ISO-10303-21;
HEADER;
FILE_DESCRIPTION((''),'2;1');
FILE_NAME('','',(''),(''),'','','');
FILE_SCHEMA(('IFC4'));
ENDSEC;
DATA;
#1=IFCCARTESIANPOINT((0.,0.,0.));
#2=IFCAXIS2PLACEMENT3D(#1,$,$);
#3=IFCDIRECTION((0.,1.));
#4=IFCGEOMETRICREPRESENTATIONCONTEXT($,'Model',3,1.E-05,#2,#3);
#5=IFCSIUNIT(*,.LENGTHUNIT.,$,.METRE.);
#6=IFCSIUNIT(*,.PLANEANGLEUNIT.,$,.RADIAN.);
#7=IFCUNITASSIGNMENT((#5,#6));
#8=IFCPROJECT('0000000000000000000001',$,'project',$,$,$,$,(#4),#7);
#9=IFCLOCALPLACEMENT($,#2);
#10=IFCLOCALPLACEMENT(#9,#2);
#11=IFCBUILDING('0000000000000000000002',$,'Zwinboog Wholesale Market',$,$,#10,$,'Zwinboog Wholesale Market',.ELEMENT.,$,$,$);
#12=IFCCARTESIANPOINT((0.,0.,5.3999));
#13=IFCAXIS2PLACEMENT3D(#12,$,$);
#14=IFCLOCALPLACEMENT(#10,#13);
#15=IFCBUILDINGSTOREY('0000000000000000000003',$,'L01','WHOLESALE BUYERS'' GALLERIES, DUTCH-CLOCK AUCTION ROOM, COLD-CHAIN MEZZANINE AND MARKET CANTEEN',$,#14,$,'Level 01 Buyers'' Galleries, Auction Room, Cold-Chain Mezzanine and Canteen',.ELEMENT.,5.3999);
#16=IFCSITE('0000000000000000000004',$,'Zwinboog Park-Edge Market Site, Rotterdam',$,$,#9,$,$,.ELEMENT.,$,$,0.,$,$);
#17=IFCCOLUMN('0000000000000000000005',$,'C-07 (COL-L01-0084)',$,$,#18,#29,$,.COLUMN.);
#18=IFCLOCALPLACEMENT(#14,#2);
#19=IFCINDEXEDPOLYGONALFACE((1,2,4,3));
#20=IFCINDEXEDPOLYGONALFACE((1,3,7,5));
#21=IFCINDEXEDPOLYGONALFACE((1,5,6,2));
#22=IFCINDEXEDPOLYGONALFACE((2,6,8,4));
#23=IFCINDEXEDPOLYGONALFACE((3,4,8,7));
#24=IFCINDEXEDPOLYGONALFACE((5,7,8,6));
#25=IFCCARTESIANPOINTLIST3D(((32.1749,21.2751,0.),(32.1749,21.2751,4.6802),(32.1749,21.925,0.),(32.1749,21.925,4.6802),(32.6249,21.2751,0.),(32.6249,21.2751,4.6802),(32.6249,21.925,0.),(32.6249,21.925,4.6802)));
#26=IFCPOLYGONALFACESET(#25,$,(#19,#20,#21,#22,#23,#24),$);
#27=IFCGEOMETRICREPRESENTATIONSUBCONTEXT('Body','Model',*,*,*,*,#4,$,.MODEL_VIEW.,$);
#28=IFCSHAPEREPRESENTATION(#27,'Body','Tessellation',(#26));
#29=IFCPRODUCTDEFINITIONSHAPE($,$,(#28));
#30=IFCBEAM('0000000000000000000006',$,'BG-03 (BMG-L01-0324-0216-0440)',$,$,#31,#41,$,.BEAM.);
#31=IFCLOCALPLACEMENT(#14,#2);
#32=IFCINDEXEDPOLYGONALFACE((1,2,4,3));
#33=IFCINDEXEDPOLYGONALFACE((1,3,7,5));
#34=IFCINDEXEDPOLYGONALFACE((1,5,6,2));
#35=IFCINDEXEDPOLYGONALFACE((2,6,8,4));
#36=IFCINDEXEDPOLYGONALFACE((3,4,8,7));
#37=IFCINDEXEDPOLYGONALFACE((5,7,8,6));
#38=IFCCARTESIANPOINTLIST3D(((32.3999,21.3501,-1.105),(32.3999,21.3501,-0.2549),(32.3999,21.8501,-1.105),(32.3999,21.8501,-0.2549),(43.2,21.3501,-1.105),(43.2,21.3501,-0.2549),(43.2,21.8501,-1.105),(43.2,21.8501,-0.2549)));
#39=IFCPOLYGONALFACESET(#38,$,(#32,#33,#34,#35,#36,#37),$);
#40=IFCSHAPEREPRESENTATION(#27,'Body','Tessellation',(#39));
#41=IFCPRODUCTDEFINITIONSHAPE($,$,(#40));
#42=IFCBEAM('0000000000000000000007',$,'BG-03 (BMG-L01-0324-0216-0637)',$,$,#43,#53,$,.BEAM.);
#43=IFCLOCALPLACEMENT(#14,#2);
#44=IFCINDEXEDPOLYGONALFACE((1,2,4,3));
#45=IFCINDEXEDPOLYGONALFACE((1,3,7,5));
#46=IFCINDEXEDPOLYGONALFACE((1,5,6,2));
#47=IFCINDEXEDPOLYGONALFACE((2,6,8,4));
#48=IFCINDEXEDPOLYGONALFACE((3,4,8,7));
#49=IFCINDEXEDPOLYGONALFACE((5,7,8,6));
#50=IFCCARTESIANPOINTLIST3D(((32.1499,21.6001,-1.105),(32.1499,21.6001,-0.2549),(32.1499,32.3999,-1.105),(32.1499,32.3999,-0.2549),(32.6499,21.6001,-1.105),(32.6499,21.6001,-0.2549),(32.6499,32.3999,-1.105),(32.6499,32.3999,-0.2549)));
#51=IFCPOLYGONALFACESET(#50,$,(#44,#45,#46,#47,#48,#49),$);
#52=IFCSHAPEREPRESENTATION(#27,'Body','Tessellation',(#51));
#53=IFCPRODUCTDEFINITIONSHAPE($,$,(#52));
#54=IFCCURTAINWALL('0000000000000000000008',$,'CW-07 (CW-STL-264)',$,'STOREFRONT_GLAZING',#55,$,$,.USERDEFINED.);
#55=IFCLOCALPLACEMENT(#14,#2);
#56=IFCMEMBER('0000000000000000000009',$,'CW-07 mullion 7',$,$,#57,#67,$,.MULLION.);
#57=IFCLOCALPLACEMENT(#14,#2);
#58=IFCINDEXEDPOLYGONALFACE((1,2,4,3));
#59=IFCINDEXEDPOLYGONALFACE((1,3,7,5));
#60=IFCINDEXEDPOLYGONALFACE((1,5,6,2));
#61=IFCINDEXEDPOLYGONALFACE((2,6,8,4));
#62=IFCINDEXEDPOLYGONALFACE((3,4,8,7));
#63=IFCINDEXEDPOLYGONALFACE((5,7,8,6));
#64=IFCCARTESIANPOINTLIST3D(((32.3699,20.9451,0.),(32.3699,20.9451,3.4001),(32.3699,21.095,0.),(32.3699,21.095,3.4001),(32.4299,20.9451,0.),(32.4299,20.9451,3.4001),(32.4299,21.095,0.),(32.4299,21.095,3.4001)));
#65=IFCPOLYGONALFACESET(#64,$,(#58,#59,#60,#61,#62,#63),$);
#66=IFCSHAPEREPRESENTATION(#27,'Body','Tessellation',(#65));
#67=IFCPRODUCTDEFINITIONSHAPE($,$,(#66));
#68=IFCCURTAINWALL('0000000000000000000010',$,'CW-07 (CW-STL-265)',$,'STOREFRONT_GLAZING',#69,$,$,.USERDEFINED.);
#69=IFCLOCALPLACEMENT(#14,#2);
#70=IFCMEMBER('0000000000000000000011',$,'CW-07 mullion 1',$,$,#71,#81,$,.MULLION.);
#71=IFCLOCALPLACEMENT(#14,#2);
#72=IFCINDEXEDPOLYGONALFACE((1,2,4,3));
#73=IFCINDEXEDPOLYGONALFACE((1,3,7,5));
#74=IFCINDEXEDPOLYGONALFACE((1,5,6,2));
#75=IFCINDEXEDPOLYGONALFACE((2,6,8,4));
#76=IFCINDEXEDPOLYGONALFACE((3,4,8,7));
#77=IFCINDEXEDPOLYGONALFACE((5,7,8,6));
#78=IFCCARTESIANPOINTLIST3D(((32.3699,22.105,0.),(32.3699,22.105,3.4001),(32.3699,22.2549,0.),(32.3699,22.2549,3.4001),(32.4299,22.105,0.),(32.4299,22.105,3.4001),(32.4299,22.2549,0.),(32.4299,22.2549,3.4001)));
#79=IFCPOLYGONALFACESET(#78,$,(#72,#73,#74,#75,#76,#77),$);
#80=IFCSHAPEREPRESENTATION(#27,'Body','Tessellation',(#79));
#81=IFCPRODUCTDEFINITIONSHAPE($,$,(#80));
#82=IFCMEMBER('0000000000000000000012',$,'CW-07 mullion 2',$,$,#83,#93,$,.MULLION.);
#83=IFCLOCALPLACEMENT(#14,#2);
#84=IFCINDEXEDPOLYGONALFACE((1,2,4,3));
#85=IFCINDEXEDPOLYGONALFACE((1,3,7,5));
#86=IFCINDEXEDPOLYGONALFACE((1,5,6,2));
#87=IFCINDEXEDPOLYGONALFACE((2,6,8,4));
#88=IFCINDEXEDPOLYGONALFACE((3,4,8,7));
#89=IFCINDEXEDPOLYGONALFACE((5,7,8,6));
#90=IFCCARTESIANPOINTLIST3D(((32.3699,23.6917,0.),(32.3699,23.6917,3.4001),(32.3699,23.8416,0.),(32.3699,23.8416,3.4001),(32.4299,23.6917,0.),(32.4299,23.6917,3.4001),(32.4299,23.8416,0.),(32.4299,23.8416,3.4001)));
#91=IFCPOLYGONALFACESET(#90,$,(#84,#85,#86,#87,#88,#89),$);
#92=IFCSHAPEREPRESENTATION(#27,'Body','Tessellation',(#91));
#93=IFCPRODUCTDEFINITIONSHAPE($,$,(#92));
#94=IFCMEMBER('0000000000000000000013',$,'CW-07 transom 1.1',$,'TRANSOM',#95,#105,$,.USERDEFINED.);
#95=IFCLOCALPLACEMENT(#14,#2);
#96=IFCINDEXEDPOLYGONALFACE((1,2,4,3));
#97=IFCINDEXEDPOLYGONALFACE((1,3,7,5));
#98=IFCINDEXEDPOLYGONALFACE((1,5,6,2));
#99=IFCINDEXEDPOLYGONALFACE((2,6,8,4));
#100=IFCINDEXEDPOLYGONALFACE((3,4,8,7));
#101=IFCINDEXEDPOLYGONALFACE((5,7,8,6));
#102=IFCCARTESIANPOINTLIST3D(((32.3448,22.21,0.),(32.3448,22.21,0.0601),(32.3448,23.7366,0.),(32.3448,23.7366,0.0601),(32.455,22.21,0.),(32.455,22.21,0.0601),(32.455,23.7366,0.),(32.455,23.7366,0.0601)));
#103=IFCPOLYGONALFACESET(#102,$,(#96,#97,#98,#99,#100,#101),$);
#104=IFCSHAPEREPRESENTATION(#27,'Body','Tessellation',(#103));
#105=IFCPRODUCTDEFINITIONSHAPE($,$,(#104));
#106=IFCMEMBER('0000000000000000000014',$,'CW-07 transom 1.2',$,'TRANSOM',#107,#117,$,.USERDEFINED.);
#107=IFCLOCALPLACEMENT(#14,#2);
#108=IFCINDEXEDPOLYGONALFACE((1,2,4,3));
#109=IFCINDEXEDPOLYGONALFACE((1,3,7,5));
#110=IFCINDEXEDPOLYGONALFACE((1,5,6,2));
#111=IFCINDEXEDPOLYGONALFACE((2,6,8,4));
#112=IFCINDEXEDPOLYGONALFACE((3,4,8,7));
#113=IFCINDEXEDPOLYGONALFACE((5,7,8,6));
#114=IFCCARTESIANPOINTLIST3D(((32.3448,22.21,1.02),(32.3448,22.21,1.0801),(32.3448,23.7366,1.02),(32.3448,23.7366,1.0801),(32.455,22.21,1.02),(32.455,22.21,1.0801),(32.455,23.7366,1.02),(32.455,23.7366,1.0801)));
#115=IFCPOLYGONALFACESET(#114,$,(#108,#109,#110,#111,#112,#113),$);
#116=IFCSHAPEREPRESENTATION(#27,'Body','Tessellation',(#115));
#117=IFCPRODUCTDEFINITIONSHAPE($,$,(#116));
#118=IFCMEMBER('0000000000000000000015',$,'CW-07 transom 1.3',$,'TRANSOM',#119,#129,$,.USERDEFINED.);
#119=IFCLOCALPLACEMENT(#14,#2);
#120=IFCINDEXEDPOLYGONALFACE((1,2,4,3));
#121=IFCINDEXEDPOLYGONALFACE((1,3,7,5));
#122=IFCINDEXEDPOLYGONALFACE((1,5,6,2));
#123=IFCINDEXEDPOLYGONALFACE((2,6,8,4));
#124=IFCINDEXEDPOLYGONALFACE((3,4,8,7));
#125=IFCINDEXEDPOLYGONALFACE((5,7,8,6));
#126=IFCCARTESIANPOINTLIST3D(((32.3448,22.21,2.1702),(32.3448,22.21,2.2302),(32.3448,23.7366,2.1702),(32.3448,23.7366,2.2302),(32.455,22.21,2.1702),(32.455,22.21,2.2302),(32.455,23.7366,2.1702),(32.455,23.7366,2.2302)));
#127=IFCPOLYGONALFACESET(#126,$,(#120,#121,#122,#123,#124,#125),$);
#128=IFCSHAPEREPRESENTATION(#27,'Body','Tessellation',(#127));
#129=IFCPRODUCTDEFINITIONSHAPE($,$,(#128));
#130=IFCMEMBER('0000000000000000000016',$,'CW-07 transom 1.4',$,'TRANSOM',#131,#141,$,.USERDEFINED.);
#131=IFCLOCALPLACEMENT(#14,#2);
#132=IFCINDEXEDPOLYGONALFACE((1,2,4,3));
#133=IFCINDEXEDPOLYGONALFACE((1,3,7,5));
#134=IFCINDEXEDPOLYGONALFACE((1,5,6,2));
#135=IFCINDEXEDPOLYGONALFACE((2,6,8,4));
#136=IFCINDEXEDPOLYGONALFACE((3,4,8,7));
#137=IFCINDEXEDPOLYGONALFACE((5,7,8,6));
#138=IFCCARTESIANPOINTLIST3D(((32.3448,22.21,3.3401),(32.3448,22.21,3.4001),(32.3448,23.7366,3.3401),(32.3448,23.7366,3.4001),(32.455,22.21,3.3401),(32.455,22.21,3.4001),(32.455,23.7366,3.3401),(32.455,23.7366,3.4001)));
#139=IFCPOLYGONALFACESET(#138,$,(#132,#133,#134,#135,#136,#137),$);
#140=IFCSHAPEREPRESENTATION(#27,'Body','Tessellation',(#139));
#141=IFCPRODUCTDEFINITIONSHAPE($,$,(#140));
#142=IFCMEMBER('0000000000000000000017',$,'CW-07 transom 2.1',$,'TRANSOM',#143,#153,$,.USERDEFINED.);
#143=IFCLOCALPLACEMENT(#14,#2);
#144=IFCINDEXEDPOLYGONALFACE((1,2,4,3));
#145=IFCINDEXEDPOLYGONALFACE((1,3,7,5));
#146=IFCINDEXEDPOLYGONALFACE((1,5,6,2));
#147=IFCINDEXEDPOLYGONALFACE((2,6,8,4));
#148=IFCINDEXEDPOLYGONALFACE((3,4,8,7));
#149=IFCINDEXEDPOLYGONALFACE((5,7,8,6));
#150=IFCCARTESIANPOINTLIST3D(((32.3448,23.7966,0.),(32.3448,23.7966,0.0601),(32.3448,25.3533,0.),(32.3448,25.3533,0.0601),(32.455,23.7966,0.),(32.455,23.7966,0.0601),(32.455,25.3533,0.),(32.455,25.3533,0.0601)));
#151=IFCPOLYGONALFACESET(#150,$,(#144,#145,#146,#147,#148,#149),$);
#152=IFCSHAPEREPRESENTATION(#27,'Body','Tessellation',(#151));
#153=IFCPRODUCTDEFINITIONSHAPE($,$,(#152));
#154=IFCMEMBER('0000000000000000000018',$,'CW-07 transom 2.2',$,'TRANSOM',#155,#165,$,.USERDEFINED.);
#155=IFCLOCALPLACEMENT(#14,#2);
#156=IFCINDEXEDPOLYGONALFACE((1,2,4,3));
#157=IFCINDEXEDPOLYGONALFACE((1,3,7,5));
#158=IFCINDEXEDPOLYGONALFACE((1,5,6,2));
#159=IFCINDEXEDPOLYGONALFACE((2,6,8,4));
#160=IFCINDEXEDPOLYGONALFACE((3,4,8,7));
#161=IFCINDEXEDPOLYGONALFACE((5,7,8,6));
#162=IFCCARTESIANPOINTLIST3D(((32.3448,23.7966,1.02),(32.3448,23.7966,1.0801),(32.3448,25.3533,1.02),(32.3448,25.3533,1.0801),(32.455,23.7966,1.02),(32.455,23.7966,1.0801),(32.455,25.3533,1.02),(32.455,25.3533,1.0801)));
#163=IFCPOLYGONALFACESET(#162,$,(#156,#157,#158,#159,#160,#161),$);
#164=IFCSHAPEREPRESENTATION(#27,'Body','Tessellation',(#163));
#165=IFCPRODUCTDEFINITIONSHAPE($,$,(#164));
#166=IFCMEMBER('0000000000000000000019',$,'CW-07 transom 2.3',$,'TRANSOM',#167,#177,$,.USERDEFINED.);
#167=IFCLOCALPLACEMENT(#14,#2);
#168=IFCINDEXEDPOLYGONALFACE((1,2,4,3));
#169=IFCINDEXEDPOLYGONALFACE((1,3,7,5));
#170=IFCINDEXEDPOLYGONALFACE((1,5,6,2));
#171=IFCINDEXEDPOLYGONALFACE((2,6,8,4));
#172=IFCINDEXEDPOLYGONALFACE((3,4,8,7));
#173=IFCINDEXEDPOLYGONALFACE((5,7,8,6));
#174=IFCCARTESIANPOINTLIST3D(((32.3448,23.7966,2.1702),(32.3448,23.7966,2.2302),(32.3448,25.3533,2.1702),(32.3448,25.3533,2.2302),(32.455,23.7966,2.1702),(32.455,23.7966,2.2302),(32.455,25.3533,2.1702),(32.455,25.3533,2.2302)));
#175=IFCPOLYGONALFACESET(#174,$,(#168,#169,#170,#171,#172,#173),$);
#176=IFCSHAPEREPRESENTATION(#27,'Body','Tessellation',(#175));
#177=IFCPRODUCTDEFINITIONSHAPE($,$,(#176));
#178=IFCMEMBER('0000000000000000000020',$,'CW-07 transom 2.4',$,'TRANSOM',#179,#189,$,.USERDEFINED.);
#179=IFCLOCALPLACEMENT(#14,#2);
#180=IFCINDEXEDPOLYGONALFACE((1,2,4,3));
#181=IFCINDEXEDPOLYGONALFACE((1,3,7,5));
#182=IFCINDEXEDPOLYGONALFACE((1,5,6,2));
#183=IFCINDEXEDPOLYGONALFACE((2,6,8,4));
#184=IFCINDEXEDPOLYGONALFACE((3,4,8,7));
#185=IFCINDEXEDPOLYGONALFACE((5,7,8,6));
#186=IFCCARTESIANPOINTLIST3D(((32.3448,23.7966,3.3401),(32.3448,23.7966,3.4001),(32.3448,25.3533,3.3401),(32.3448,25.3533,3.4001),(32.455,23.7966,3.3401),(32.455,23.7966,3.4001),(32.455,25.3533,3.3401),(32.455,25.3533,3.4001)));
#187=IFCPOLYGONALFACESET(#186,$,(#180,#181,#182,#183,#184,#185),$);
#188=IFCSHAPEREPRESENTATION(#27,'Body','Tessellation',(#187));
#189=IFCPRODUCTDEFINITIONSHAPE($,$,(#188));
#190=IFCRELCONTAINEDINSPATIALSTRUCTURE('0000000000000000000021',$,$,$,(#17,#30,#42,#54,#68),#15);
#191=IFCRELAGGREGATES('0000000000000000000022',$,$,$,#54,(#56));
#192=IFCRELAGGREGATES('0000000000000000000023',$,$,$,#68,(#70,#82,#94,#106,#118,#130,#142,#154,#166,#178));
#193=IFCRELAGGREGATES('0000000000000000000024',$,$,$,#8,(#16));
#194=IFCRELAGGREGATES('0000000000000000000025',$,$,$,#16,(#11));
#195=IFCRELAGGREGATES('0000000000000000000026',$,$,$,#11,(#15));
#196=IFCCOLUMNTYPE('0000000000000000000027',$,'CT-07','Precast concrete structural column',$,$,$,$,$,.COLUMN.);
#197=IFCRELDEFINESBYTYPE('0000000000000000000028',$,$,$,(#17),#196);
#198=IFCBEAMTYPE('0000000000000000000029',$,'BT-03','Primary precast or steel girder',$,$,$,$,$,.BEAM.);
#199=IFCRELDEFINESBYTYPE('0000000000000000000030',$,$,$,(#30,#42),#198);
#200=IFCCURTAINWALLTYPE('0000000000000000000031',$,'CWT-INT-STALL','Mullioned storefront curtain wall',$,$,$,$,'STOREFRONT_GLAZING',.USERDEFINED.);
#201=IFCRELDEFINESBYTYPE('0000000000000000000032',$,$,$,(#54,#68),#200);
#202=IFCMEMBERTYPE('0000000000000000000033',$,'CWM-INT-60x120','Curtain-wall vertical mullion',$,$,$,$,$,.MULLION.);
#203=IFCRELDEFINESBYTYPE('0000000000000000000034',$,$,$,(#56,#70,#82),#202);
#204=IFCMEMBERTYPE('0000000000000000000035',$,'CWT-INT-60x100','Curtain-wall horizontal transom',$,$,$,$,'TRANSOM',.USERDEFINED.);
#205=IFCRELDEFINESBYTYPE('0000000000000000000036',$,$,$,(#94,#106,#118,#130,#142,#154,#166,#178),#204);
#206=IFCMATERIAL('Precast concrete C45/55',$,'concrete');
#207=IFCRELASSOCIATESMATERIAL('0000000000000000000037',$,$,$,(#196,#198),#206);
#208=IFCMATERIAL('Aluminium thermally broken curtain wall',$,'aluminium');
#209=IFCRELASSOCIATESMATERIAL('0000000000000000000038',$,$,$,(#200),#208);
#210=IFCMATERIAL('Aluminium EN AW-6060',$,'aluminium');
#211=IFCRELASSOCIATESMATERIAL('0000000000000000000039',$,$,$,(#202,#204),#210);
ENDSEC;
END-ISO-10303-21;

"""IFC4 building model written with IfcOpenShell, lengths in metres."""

from ifc_helpers import new_model, si_unit, direction, frame, origin, origin_2d, place, context, subcontext, project, spatial, rectangle, extrude, material, material_profile, profile_set, type_object, element, aggregate, save


model = new_model("IFC4")

# Units and contexts
model_context = context("Model", 3, precision=1e-05, world=origin(), true_north=direction((0.0, 1.0)))
body_context = subcontext(model_context, "Body", "Model", "MODEL_VIEW")
ifc_project = project(units=[si_unit("LENGTHUNIT", "METRE"), si_unit("PLANEANGLEUNIT", "RADIAN")], contexts=[model_context])

# Site, building, storey
site_placement = place(None, origin())
site = spatial("IfcSite", under=ifc_project, at=site_placement, Name="Zwinboog Park-Edge Market Site, Rotterdam", CompositionType="ELEMENT", RefElevation=0.0)
building_placement = place(site_placement, origin())
building = spatial("IfcBuilding", under=site, at=building_placement, Name="Zwinboog Wholesale Market", LongName="Zwinboog Wholesale Market", CompositionType="ELEMENT")
storey_placement = place(building_placement, frame((0.0, 0.0, 5.3999)))
storey = spatial("IfcBuildingStorey", under=building, at=storey_placement, Name="L01", Description="WHOLESALE BUYERS' GALLERIES, DUTCH-CLOCK AUCTION ROOM, COLD-CHAIN MEZZANINE AND MARKET CANTEEN", LongName="Level 01 Buyers' Galleries, Auction Room, Cold-Chain Mezzanine and Canteen", CompositionType="ELEMENT", Elevation=5.3999)

# Column
ifc_material_1 = material(Name="Precast concrete C45/55", Category="concrete")
ifc_material_profile_1 = material_profile(ifc_material_1, rectangle(XDim=0.45, YDim=0.6499, at=origin_2d()), Name="PC 450x650")
ifc_profile_set_1 = profile_set([ifc_material_profile_1], Name="Precast concrete C45/55")
column_type = type_object("IfcColumnType", Name="CT-07", Description="Precast concrete structural column", PredefinedType="COLUMN", material=ifc_profile_set_1)
column_placement = place(storey_placement, frame((32.3999, 21.6001, 0.0), z_axis=(0.0, 0.0, 1.0), x_axis=(1.0, 0.0, 0.0)))
element("IfcColumn", 1, at=column_placement, inside=storey, type_object=column_type, Name="C-07 (COL-L01-0084)", PredefinedType="COLUMN", context=body_context, shape_type="SweptSolid", body=[
    extrude(rectangle(XDim=0.45, YDim=0.6499, at=origin_2d()), origin(), (0.0, 0.0, 1.0), 4.6802),
])

# Beams
ifc_material_profile_2 = material_profile(ifc_material_1, rectangle(XDim=0.5, YDim=0.8501, at=origin_2d()), Name="PC 500x850")
ifc_profile_set_2 = profile_set([ifc_material_profile_2], Name="Precast concrete C45/55")
beam_type = type_object("IfcBeamType", Name="BT-03", Description="Primary precast or steel girder", PredefinedType="BEAM", material=ifc_profile_set_2)
beam_1_placement = place(storey_placement, frame((32.3999, 21.6001, -0.6799), z_axis=(1.0, 0.0, 0.0), x_axis=(0.0, 1.0, 0.0)))
element("IfcBeam", 2, at=beam_1_placement, inside=storey, type_object=beam_type, Name="BG-03 (BMG-L01-0324-0216-0440)", PredefinedType="BEAM", context=body_context, shape_type="SweptSolid", body=[
    extrude(rectangle(XDim=0.5, YDim=0.8501, at=origin_2d()), origin(), (0.0, 0.0, 1.0), 10.8),
])
beam_2_placement = place(storey_placement, frame((32.3999, 21.6001, -0.6799), z_axis=(0.0, 1.0, 0.0), x_axis=(-1.0, 0.0, 0.0)))
element("IfcBeam", 3, at=beam_2_placement, inside=storey, type_object=beam_type, Name="BG-03 (BMG-L01-0324-0216-0637)", PredefinedType="BEAM", context=body_context, shape_type="SweptSolid", body=[
    extrude(rectangle(XDim=0.5, YDim=0.8501, at=origin_2d()), origin(), (0.0, 0.0, 1.0), 10.7998),
])

# Curtain wall, member
ifc_material_2 = material(Name="Aluminium thermally broken curtain wall", Category="aluminium")
curtain_wall_type = type_object("IfcCurtainWallType", Name="CWT-INT-STALL", Description="Mullioned storefront curtain wall", ElementType="STOREFRONT_GLAZING", PredefinedType="USERDEFINED", material=ifc_material_2)
curtain_wall_1_placement = place(storey_placement, origin())
curtain_wall_1 = element("IfcCurtainWall", 4, at=curtain_wall_1_placement, inside=storey, type_object=curtain_wall_type, Name="CW-07 (CW-STL-264)", ObjectType="STOREFRONT_GLAZING", PredefinedType="USERDEFINED")
ifc_material_3 = material(Name="Aluminium EN AW-6060", Category="aluminium")
ifc_material_profile_3 = material_profile(ifc_material_3, rectangle(XDim=0.0601, YDim=0.1499, at=origin_2d()), Name="AL 60x150")
ifc_profile_set_3 = profile_set([ifc_material_profile_3], Name="Aluminium EN AW-6060")
member_type_1 = type_object("IfcMemberType", Name="CWM-INT-60x120", Description="Curtain-wall vertical mullion", PredefinedType="MULLION", material=ifc_profile_set_3)
member_1_placement = place(storey_placement, frame((32.3999, 21.02, 0.0), z_axis=(0.0, 0.0, 1.0), x_axis=(-1.0, 0.0, 0.0)))
member_1 = element("IfcMember", 5, at=member_1_placement, type_object=member_type_1, Name="CW-07 mullion 7", PredefinedType="MULLION", context=body_context, shape_type="SweptSolid", body=[
    extrude(rectangle(XDim=0.0601, YDim=0.1499, at=origin_2d()), origin(), (0.0, 0.0, 1.0), 3.4001),
])

# Curtain wall, members
curtain_wall_2_placement = place(storey_placement, origin())
curtain_wall_2 = element("IfcCurtainWall", 6, at=curtain_wall_2_placement, inside=storey, type_object=curtain_wall_type, Name="CW-07 (CW-STL-265)", ObjectType="STOREFRONT_GLAZING", PredefinedType="USERDEFINED")
member_2_placement = place(storey_placement, frame((32.3999, 22.1799, 0.0), z_axis=(0.0, 0.0, 1.0), x_axis=(-1.0, 0.0, 0.0)))
member_2 = element("IfcMember", 7, at=member_2_placement, type_object=member_type_1, Name="CW-07 mullion 1", PredefinedType="MULLION", context=body_context, shape_type="SweptSolid", body=[
    extrude(rectangle(XDim=0.0601, YDim=0.1499, at=origin_2d()), origin(), (0.0, 0.0, 1.0), 3.4001),
])
member_3_placement = place(storey_placement, frame((32.3999, 23.7666, 0.0), z_axis=(0.0, 0.0, 1.0), x_axis=(-1.0, 0.0, 0.0)))
member_3 = element("IfcMember", 8, at=member_3_placement, type_object=member_type_1, Name="CW-07 mullion 2", PredefinedType="MULLION", context=body_context, shape_type="SweptSolid", body=[
    extrude(rectangle(XDim=0.0601, YDim=0.1499, at=origin_2d()), origin(), (0.0, 0.0, 1.0), 3.4001),
])
ifc_material_profile_4 = material_profile(ifc_material_3, rectangle(XDim=0.1101, YDim=0.0601, at=origin_2d()), Name="AL 60x110")
ifc_profile_set_4 = profile_set([ifc_material_profile_4], Name="Aluminium EN AW-6060")
member_type_2 = type_object("IfcMemberType", Name="CWT-INT-60x100", Description="Curtain-wall horizontal transom", ElementType="TRANSOM", PredefinedType="USERDEFINED", material=ifc_profile_set_4)
member_4_placement = place(storey_placement, frame((32.3999, 22.21, 0.03), z_axis=(0.0, 1.0, 0.0), x_axis=(-1.0, 0.0, 0.0)))
member_4 = element("IfcMember", 9, at=member_4_placement, type_object=member_type_2, Name="CW-07 transom 1.1", ObjectType="TRANSOM", PredefinedType="USERDEFINED", context=body_context, shape_type="SweptSolid", body=[
    extrude(rectangle(XDim=0.1101, YDim=0.0601, at=origin_2d()), origin(), (0.0, 0.0, 1.0), 1.5266),
])
member_5_placement = place(storey_placement, frame((32.3999, 22.21, 1.05), z_axis=(0.0, 1.0, 0.0), x_axis=(-1.0, 0.0, 0.0)))
member_5 = element("IfcMember", 10, at=member_5_placement, type_object=member_type_2, Name="CW-07 transom 1.2", ObjectType="TRANSOM", PredefinedType="USERDEFINED", context=body_context, shape_type="SweptSolid", body=[
    extrude(rectangle(XDim=0.1101, YDim=0.0601, at=origin_2d()), origin(), (0.0, 0.0, 1.0), 1.5266),
])
member_6_placement = place(storey_placement, frame((32.3999, 22.21, 2.2002), z_axis=(0.0, 1.0, 0.0), x_axis=(-1.0, 0.0, 0.0)))
member_6 = element("IfcMember", 11, at=member_6_placement, type_object=member_type_2, Name="CW-07 transom 1.3", ObjectType="TRANSOM", PredefinedType="USERDEFINED", context=body_context, shape_type="SweptSolid", body=[
    extrude(rectangle(XDim=0.1101, YDim=0.0601, at=origin_2d()), origin(), (0.0, 0.0, 1.0), 1.5266),
])
member_7_placement = place(storey_placement, frame((32.3999, 22.21, 3.3701), z_axis=(0.0, 1.0, 0.0), x_axis=(-1.0, 0.0, 0.0)))
member_7 = element("IfcMember", 12, at=member_7_placement, type_object=member_type_2, Name="CW-07 transom 1.4", ObjectType="TRANSOM", PredefinedType="USERDEFINED", context=body_context, shape_type="SweptSolid", body=[
    extrude(rectangle(XDim=0.1101, YDim=0.0601, at=origin_2d()), origin(), (0.0, 0.0, 1.0), 1.5266),
])
member_8_placement = place(storey_placement, frame((32.3999, 23.7966, 0.03), z_axis=(0.0, 1.0, 0.0), x_axis=(-1.0, 0.0, 0.0)))
member_8 = element("IfcMember", 13, at=member_8_placement, type_object=member_type_2, Name="CW-07 transom 2.1", ObjectType="TRANSOM", PredefinedType="USERDEFINED", context=body_context, shape_type="SweptSolid", body=[
    extrude(rectangle(XDim=0.1101, YDim=0.0601, at=origin_2d()), origin(), (0.0, 0.0, 1.0), 1.5566),
])
member_9_placement = place(storey_placement, frame((32.3999, 23.7966, 1.05), z_axis=(0.0, 1.0, 0.0), x_axis=(-1.0, 0.0, 0.0)))
member_9 = element("IfcMember", 14, at=member_9_placement, type_object=member_type_2, Name="CW-07 transom 2.2", ObjectType="TRANSOM", PredefinedType="USERDEFINED", context=body_context, shape_type="SweptSolid", body=[
    extrude(rectangle(XDim=0.1101, YDim=0.0601, at=origin_2d()), origin(), (0.0, 0.0, 1.0), 1.5566),
])
member_10_placement = place(storey_placement, frame((32.3999, 23.7966, 2.2002), z_axis=(0.0, 1.0, 0.0), x_axis=(-1.0, 0.0, 0.0)))
member_10 = element("IfcMember", 15, at=member_10_placement, type_object=member_type_2, Name="CW-07 transom 2.3", ObjectType="TRANSOM", PredefinedType="USERDEFINED", context=body_context, shape_type="SweptSolid", body=[
    extrude(rectangle(XDim=0.1101, YDim=0.0601, at=origin_2d()), origin(), (0.0, 0.0, 1.0), 1.5566),
])
member_11_placement = place(storey_placement, frame((32.3999, 23.7966, 3.3701), z_axis=(0.0, 1.0, 0.0), x_axis=(-1.0, 0.0, 0.0)))
member_11 = element("IfcMember", 16, at=member_11_placement, type_object=member_type_2, Name="CW-07 transom 2.4", ObjectType="TRANSOM", PredefinedType="USERDEFINED", context=body_context, shape_type="SweptSolid", body=[
    extrude(rectangle(XDim=0.1101, YDim=0.0601, at=origin_2d()), origin(), (0.0, 0.0, 1.0), 1.5566),
])

aggregate(curtain_wall_1, [member_1])
aggregate(curtain_wall_2, [member_2, member_3, member_4, member_5, member_6, member_7, member_8, member_9, member_10, member_11])

save(model, "model.ifc")
